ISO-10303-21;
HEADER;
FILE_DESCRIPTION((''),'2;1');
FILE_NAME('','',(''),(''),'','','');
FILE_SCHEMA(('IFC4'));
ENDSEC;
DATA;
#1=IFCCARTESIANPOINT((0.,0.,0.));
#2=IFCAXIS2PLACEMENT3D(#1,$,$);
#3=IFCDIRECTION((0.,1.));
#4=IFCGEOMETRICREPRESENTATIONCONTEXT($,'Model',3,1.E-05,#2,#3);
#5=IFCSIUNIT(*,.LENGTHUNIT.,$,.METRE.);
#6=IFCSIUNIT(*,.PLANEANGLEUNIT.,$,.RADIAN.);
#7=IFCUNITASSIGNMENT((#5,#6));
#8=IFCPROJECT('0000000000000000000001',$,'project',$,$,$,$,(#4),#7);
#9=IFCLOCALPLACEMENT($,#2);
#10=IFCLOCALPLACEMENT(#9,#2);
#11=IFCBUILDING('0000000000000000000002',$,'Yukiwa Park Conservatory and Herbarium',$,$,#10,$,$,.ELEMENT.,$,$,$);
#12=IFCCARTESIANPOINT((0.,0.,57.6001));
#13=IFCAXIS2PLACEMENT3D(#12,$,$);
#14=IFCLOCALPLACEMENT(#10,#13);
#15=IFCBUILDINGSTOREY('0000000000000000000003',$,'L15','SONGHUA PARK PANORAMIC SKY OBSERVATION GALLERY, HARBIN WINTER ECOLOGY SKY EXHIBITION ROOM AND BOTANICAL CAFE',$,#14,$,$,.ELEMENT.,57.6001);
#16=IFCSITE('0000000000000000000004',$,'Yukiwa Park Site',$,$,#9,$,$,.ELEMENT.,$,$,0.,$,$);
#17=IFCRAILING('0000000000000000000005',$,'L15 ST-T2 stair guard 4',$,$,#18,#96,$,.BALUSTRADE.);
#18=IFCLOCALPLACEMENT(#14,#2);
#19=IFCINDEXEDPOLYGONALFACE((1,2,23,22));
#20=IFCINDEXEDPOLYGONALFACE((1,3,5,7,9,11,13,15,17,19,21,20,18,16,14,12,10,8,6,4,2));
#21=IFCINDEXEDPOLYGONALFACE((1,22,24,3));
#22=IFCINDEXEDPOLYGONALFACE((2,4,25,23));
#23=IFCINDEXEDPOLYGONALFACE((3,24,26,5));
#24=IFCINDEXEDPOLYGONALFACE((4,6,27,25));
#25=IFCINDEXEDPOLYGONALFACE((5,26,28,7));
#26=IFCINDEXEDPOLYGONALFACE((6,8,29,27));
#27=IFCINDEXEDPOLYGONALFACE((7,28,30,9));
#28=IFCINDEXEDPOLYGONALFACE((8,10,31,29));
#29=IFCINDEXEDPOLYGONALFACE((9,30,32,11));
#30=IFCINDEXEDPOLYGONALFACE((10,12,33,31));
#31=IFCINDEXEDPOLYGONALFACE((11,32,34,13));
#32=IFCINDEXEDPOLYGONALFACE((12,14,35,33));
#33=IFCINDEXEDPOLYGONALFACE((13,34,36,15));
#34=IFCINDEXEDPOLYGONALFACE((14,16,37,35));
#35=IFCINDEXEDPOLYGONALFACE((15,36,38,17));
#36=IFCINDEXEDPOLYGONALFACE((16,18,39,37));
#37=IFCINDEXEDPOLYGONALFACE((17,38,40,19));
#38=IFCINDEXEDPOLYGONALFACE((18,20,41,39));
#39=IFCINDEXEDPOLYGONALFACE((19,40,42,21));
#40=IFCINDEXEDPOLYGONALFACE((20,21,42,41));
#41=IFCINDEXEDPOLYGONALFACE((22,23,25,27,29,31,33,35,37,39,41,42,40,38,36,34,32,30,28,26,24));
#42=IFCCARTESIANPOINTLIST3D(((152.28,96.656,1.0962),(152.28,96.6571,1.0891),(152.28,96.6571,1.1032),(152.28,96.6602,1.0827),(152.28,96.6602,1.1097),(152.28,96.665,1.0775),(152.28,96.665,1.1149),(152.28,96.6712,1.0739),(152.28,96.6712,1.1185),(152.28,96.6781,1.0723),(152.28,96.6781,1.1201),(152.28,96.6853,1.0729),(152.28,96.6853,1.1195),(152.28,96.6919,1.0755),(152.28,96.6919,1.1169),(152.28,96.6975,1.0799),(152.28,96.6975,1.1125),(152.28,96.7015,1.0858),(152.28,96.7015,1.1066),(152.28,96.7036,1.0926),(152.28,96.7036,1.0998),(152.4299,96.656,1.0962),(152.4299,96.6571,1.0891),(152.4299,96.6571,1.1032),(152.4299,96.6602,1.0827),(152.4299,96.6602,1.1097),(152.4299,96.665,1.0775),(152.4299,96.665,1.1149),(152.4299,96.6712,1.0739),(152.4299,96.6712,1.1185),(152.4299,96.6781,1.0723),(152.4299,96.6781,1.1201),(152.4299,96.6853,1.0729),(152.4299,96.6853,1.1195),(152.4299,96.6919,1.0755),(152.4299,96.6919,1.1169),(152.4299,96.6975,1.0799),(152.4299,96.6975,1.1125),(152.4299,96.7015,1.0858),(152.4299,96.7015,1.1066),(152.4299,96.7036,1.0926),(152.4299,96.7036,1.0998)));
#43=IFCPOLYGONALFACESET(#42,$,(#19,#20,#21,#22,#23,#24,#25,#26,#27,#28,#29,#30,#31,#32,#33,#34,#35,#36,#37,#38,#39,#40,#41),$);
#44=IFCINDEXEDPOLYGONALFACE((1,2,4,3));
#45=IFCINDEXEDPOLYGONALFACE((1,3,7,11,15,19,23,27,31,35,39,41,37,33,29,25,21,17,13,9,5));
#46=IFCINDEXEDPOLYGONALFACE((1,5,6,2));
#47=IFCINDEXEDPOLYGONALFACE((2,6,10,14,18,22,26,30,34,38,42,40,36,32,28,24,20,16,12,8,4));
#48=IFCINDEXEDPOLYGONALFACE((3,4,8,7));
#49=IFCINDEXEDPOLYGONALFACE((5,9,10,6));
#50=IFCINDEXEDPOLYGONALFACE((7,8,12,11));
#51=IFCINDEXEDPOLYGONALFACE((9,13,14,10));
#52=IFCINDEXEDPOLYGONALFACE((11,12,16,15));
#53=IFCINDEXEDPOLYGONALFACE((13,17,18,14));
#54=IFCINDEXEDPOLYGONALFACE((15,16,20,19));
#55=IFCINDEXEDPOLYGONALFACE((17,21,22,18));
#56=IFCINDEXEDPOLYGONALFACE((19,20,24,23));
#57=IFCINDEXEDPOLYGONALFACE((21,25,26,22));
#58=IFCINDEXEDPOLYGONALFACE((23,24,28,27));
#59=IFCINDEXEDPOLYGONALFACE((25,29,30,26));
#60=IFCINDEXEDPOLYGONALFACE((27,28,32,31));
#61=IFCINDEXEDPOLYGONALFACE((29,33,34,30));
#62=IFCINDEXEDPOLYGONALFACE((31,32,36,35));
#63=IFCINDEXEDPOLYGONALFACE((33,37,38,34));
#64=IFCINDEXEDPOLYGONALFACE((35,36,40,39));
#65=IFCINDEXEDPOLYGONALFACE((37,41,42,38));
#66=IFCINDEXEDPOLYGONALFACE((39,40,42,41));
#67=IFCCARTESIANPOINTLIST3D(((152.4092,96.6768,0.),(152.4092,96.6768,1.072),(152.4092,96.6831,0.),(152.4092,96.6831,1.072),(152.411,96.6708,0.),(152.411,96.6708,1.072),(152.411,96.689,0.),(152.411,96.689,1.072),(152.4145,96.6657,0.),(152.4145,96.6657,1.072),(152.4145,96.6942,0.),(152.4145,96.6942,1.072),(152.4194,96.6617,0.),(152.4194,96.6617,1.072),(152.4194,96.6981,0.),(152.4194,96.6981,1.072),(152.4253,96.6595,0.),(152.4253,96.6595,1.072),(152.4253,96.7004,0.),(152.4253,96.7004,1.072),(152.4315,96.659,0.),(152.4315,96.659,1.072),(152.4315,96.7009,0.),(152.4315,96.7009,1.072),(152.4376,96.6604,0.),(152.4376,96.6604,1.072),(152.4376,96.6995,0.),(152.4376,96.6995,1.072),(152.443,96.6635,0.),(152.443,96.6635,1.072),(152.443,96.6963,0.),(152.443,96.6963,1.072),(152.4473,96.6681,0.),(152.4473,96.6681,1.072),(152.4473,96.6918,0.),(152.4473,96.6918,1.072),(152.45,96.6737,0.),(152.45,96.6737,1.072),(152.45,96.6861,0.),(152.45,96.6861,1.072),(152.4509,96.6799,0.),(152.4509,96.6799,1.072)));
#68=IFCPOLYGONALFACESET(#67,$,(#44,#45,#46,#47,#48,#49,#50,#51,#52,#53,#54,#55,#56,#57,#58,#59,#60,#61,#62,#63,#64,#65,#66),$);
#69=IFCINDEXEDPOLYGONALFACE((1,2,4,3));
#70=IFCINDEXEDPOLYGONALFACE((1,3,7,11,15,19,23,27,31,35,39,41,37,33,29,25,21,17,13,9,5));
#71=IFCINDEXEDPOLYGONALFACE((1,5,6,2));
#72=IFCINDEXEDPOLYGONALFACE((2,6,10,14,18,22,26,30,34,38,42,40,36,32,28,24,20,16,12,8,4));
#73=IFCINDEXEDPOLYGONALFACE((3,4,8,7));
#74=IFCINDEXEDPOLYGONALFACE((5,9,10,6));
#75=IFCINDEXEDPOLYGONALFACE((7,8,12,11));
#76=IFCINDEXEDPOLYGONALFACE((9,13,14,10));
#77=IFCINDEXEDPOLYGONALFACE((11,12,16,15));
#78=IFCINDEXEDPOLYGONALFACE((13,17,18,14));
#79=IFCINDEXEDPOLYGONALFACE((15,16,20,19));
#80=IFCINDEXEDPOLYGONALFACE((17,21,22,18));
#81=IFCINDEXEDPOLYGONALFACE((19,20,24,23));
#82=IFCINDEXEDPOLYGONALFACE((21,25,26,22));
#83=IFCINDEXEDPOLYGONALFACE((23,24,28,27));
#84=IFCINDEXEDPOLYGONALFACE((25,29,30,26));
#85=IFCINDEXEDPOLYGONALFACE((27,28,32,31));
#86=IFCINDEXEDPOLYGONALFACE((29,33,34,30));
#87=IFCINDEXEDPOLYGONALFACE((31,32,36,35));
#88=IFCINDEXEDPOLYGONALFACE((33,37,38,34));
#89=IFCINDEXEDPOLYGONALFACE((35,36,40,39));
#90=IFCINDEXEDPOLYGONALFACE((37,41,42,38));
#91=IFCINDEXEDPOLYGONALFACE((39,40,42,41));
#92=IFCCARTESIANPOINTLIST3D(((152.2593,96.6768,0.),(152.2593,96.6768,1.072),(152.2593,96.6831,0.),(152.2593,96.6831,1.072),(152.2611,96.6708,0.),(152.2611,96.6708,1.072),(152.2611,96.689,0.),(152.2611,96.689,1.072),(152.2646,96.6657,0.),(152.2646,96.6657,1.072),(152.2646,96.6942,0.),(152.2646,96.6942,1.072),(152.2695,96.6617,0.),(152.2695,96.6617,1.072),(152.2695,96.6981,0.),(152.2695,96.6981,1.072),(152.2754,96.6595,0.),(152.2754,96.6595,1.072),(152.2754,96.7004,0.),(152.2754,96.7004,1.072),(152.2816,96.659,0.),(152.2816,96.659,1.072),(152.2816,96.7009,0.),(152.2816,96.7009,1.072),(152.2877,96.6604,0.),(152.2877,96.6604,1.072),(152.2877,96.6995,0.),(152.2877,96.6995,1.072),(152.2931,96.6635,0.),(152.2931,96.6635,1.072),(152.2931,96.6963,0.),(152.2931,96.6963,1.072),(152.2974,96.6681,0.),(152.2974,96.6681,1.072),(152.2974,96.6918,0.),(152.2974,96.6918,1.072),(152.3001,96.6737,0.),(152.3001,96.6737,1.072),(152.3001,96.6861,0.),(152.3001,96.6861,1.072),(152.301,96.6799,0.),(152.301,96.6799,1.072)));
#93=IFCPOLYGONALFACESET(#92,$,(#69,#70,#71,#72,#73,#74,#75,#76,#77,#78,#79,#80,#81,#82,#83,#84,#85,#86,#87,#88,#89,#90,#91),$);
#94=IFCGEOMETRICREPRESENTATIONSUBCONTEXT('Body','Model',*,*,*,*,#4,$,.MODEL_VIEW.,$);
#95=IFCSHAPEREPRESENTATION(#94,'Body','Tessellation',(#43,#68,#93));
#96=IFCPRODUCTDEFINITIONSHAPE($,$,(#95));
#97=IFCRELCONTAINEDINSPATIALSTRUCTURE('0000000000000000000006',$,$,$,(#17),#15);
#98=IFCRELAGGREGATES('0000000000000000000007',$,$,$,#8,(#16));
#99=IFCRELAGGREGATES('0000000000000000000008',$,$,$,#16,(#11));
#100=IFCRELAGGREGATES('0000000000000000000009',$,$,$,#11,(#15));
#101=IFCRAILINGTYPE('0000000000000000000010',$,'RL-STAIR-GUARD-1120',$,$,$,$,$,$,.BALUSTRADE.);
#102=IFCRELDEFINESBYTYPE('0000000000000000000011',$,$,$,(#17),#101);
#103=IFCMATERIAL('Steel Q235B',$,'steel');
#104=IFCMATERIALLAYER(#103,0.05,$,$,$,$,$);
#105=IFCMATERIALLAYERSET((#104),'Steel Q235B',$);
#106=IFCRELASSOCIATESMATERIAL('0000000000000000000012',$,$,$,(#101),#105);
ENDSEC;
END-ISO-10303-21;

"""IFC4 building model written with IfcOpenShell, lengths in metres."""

from ifc_helpers import new_model, si_unit, direction, frame, origin, origin_2d, place, context, subcontext, project, spatial, circle, extrude, material, layer, layer_set, type_object, element, save


model = new_model("IFC4")

# Units and contexts
model_context = context("Model", 3, precision=1e-05, world=origin(), true_north=direction((0.0, 1.0)))
body_context = subcontext(model_context, "Body", "Model", "MODEL_VIEW")
ifc_project = project(units=[si_unit("LENGTHUNIT", "METRE"), si_unit("PLANEANGLEUNIT", "RADIAN")], contexts=[model_context])

# Site, building, storey
site_placement = place(None, origin())
site = spatial("IfcSite", under=ifc_project, at=site_placement, Name="Yukiwa Park Site", CompositionType="ELEMENT", RefElevation=0.0)
building_placement = place(site_placement, origin())
building = spatial("IfcBuilding", under=site, at=building_placement, Name="Yukiwa Park Conservatory and Herbarium", CompositionType="ELEMENT")
storey_placement = place(building_placement, frame((0.0, 0.0, 57.6001)))
storey = spatial("IfcBuildingStorey", under=building, at=storey_placement, Name="L15", Description="SONGHUA PARK PANORAMIC SKY OBSERVATION GALLERY, HARBIN WINTER ECOLOGY SKY EXHIBITION ROOM AND BOTANICAL CAFE", CompositionType="ELEMENT", Elevation=57.6001)

# Railing
ifc_material_1 = material(Name="Steel Q235B", Category="steel")
ifc_layer_1 = layer(ifc_material_1, 0.05)
ifc_layer_set_1 = layer_set([ifc_layer_1], Name="Steel Q235B")
railing_type_1 = type_object("IfcRailingType", Name="RL-STAIR-GUARD-1120", PredefinedType="BALUSTRADE", material=ifc_layer_set_1)
railing_1_placement = place(storey_placement, frame((152.4299, 96.6799, 0.0)))
element("IfcRailing", 1, at=railing_1_placement, inside=storey, type_object=railing_type_1, Name="L15 ST-T2 stair guard 4", PredefinedType="BALUSTRADE", context=body_context, shape_type="SweptSolid", body=[
    extrude(circle(Radius=0.0239, at=origin_2d()), frame((0.0, 0.0, 1.0962), z_axis=(-1.0, 0.0, 0.0), x_axis=(0.0, -1.0, 0.0)), (0.0, 0.0, 1.0), 0.1499),
    extrude(circle(Radius=0.021, at=origin_2d()), origin(), (0.0, 0.0, 1.0), 1.072),
    extrude(circle(Radius=0.021, at=origin_2d()), frame((-0.1499, 0.0, 0.0)), (0.0, 0.0, 1.0), 1.072),
])

save(model, "model.ifc")
